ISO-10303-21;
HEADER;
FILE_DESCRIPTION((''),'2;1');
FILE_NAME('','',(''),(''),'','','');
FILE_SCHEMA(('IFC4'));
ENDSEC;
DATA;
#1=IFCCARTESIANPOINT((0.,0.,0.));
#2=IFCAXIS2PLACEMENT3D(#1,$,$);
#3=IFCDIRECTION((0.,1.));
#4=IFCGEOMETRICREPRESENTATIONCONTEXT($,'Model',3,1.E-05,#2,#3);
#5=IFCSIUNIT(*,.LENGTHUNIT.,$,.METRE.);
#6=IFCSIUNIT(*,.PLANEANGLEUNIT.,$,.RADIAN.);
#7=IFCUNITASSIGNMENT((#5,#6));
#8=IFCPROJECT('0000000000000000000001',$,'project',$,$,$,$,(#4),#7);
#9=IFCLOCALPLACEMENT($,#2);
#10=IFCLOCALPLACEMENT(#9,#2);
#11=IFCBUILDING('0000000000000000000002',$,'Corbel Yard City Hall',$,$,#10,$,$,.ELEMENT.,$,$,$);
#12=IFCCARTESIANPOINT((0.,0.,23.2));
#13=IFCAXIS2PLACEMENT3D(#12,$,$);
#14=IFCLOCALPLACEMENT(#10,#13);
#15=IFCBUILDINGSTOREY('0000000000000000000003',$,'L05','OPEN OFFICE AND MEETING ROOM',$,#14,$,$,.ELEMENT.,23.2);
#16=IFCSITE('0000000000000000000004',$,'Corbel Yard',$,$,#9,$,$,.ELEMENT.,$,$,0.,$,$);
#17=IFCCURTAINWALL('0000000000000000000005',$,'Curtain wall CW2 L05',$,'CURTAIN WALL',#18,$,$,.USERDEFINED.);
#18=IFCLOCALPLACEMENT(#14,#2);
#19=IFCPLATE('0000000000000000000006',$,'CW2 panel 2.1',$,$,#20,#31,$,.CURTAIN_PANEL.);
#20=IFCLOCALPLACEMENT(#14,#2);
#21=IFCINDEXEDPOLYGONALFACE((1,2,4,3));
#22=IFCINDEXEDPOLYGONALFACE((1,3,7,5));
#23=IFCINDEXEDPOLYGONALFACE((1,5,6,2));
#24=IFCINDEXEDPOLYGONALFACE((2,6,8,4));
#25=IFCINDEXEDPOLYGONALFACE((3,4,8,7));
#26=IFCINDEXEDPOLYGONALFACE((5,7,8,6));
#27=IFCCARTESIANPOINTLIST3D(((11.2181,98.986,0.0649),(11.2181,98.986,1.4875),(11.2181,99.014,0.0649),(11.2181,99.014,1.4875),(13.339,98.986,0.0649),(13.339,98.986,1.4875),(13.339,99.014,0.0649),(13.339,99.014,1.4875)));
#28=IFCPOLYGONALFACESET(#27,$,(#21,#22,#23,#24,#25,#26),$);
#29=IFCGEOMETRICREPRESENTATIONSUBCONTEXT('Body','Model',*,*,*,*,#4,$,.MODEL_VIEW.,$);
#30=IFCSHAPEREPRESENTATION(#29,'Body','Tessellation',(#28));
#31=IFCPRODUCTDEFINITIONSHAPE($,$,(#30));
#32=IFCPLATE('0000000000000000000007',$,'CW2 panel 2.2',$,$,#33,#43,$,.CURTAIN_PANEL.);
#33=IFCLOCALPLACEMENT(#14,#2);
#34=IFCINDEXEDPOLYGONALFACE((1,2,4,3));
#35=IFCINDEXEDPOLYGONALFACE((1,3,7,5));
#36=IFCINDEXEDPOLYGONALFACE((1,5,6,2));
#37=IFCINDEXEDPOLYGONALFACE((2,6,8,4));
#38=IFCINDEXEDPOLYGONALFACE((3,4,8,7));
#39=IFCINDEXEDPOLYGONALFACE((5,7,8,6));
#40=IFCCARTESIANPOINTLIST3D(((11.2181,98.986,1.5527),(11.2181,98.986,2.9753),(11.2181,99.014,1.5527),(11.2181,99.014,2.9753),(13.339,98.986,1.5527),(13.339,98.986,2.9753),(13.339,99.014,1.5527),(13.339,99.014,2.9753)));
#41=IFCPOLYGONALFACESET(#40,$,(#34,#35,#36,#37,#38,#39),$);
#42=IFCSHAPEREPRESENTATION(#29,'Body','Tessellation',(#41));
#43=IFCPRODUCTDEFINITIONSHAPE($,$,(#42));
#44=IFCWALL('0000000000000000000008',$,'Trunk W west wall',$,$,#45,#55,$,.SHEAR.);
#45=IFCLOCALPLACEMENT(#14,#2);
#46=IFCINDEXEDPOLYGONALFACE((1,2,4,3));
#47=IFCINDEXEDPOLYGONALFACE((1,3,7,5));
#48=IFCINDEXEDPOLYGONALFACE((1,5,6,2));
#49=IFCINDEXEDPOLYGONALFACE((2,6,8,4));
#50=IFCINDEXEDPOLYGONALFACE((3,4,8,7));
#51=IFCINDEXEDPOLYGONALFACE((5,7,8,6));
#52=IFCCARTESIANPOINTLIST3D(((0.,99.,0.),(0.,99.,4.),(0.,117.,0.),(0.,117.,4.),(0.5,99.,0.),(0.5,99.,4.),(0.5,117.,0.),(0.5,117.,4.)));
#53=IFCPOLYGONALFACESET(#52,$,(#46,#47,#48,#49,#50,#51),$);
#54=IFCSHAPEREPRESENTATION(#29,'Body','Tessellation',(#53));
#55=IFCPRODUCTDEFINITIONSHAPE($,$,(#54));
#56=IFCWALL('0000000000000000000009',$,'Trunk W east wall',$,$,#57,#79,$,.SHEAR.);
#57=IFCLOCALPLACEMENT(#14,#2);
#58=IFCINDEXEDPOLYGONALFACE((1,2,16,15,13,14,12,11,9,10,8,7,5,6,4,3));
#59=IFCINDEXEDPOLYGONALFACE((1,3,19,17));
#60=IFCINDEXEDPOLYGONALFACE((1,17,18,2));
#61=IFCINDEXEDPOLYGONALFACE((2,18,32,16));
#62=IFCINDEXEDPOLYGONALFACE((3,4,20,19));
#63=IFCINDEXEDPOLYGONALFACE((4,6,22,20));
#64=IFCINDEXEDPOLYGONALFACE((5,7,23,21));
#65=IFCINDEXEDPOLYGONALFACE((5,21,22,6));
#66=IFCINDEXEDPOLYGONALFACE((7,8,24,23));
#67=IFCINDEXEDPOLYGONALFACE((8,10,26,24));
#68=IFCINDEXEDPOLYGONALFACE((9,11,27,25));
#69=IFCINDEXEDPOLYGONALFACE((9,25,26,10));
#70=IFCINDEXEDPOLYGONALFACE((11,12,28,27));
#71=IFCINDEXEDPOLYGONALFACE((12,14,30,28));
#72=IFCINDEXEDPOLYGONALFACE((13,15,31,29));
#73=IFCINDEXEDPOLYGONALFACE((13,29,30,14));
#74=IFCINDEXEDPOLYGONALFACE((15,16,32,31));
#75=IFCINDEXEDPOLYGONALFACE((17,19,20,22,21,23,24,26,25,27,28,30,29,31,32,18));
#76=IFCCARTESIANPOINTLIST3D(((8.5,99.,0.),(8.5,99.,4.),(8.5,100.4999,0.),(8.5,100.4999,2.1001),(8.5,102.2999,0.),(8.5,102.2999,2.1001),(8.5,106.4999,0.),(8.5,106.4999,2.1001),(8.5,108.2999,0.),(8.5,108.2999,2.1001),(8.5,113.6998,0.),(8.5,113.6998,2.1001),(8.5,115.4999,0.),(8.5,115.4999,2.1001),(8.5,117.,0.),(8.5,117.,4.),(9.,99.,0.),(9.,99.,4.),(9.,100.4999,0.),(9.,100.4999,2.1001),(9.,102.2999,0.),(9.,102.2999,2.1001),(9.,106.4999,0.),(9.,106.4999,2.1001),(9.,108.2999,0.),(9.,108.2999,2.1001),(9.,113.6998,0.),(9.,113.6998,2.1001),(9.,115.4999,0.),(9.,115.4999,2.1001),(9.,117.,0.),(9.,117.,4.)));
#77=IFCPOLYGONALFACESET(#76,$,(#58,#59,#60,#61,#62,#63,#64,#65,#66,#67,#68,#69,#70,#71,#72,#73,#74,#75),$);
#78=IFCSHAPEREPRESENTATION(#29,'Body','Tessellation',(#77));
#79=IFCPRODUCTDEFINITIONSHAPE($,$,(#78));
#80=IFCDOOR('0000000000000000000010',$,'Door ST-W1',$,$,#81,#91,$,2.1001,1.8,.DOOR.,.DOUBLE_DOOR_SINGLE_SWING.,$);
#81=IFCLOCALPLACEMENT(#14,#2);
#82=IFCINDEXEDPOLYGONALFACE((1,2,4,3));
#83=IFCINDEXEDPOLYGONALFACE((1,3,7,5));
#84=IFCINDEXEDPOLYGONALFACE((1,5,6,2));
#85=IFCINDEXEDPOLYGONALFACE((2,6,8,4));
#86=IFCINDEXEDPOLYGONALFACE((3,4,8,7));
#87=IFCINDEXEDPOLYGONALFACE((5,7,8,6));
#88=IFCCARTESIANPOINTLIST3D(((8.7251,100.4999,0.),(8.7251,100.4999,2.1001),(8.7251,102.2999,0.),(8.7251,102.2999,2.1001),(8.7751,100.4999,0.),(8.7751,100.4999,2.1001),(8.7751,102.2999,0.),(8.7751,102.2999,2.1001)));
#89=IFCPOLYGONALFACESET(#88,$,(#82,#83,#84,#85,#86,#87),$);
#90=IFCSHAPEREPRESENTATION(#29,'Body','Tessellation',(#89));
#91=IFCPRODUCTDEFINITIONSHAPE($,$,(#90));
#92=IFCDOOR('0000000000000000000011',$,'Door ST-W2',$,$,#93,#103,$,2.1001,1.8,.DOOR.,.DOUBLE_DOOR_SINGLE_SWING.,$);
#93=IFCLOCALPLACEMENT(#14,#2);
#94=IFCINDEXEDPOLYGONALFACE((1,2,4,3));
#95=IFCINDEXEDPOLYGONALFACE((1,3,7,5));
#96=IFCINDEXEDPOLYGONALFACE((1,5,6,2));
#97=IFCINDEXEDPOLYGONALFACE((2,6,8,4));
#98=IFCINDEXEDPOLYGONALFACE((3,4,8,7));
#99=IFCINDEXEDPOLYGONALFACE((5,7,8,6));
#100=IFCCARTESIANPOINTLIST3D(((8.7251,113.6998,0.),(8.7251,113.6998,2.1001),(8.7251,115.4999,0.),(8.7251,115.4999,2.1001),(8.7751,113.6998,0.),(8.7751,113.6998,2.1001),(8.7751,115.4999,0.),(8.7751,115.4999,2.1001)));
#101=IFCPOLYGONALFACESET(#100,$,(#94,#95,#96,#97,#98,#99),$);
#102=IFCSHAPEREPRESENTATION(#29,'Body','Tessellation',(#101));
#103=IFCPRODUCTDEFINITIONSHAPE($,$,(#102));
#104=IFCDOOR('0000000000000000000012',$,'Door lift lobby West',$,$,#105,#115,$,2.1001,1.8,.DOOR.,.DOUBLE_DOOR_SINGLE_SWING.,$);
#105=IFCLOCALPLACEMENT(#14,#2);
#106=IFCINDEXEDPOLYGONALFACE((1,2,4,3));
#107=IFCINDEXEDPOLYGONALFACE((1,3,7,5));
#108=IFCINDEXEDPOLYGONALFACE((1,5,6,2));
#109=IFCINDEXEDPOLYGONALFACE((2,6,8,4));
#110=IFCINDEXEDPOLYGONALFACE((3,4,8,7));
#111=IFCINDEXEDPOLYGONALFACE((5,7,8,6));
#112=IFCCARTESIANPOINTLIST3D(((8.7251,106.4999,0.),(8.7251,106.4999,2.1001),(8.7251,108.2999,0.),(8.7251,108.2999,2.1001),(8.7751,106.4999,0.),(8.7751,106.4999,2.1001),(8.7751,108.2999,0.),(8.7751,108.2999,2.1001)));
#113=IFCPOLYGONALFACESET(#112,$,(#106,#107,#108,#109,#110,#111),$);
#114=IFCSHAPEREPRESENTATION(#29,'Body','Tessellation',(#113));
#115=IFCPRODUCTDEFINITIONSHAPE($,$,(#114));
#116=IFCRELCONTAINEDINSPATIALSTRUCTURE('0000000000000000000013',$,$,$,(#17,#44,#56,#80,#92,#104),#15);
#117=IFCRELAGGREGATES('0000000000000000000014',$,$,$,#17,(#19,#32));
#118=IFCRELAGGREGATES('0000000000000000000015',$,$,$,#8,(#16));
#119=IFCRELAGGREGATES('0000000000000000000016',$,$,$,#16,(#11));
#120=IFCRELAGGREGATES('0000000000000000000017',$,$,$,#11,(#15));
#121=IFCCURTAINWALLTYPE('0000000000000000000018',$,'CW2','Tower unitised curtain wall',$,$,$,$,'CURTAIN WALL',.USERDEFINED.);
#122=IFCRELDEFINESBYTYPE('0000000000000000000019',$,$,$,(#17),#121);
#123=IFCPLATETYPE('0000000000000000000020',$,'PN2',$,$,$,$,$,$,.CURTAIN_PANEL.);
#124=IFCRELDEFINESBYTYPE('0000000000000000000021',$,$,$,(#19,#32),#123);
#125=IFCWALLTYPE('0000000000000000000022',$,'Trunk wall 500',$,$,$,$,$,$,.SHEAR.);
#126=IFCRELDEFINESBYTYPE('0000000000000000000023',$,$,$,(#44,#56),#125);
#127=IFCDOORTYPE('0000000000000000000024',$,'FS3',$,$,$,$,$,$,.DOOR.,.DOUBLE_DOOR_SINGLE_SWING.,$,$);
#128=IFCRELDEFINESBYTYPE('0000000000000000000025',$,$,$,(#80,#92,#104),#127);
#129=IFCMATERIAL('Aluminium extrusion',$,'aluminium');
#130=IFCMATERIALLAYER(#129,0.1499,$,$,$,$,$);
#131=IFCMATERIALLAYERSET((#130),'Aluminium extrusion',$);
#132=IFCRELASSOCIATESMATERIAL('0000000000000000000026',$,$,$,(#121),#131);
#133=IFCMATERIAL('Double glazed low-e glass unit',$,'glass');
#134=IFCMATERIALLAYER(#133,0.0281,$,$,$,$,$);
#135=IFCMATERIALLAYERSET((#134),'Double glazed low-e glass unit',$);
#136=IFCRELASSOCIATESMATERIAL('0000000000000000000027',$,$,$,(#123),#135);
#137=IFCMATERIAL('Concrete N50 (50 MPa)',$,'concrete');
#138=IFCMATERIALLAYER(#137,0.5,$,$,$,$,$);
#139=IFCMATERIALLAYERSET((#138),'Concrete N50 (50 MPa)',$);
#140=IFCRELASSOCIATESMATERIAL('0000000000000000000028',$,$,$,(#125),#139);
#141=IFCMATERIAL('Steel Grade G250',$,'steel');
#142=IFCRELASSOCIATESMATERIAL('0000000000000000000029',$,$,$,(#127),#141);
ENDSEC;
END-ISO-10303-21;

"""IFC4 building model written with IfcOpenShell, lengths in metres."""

from ifc_helpers import new_model, si_unit, direction, frame, frame_2d, origin, origin_2d, place, context, subcontext, project, spatial, rectangle, extrude, material, layer, layer_set, type_object, element, fill, aggregate, save


model = new_model("IFC4")

# Units and contexts
model_context = context("Model", 3, precision=1e-05, world=origin(), true_north=direction((0.0, 1.0)))
body_context = subcontext(model_context, "Body", "Model", "MODEL_VIEW")
ifc_project = project(units=[si_unit("LENGTHUNIT", "METRE"), si_unit("PLANEANGLEUNIT", "RADIAN")], contexts=[model_context])

# Site, building, storey
site_placement = place(None, origin())
site = spatial("IfcSite", under=ifc_project, at=site_placement, Name="Corbel Yard", CompositionType="ELEMENT", RefElevation=0.0)
building_placement = place(site_placement, origin())
building = spatial("IfcBuilding", under=site, at=building_placement, Name="Corbel Yard City Hall", CompositionType="ELEMENT")
storey_placement = place(building_placement, frame((0.0, 0.0, 23.2)))
storey = spatial("IfcBuildingStorey", under=building, at=storey_placement, Name="L05", Description="OPEN OFFICE AND MEETING ROOM", CompositionType="ELEMENT", Elevation=23.2)

# Curtain wall, plates
ifc_material_1 = material(Name="Aluminium extrusion", Category="aluminium")
ifc_layer_1 = layer(ifc_material_1, 0.1499)
ifc_layer_set_1 = layer_set([ifc_layer_1], Name="Aluminium extrusion")
curtain_wall_type = type_object("IfcCurtainWallType", Name="CW2", Description="Tower unitised curtain wall", ElementType="CURTAIN WALL", PredefinedType="USERDEFINED", material=ifc_layer_set_1)
curtain_wall_placement = place(storey_placement, origin())
curtain_wall = element("IfcCurtainWall", 1, at=curtain_wall_placement, inside=storey, type_object=curtain_wall_type, Name="Curtain wall CW2 L05", ObjectType="CURTAIN WALL", PredefinedType="USERDEFINED")
ifc_material_2 = material(Name="Double glazed low-e glass unit", Category="glass")
ifc_layer_2 = layer(ifc_material_2, 0.0281)
ifc_layer_set_2 = layer_set([ifc_layer_2], Name="Double glazed low-e glass unit")
plate_type = type_object("IfcPlateType", Name="PN2", PredefinedType="CURTAIN_PANEL", material=ifc_layer_set_2)
plate_1_placement = place(storey_placement, frame((12.2786, 99.0, 0.0649), z_axis=(0.0, 0.0, 1.0), x_axis=(1.0, 0.0, 0.0)))
plate_1 = element("IfcPlate", 2, at=plate_1_placement, type_object=plate_type, Name="CW2 panel 2.1", PredefinedType="CURTAIN_PANEL", context=body_context, shape_type="SweptSolid", body=[
    extrude(rectangle(XDim=2.1208, YDim=0.0281, at=origin_2d()), origin(), (0.0, 0.0, 1.0), 1.4226),
])
plate_2_placement = place(storey_placement, frame((12.2786, 99.0, 1.5527), z_axis=(0.0, 0.0, 1.0), x_axis=(1.0, 0.0, 0.0)))
plate_2 = element("IfcPlate", 3, at=plate_2_placement, type_object=plate_type, Name="CW2 panel 2.2", PredefinedType="CURTAIN_PANEL", context=body_context, shape_type="SweptSolid", body=[
    extrude(rectangle(XDim=2.1208, YDim=0.0281, at=origin_2d()), origin(), (0.0, 0.0, 1.0), 1.4226),
])
aggregate(curtain_wall, [plate_1, plate_2])

# Wall
ifc_material_3 = material(Name="Concrete N50 (50 MPa)", Category="concrete")
ifc_layer_3 = layer(ifc_material_3, 0.5)
ifc_layer_set_3 = layer_set([ifc_layer_3], Name="Concrete N50 (50 MPa)")
wall_type = type_object("IfcWallType", Name="Trunk wall 500", PredefinedType="SHEAR", material=ifc_layer_set_3)
wall_1_placement = place(storey_placement, frame((0.25, 99.0, 0.0), z_axis=(0.0, 0.0, 1.0), x_axis=(0.0, 1.0, 0.0)))
element("IfcWall", 4, at=wall_1_placement, inside=storey, type_object=wall_type, Name="Trunk W west wall", PredefinedType="SHEAR", context=body_context, shape_type="SweptSolid", body=[
    extrude(rectangle(XDim=18.0, YDim=0.5, at=frame_2d((9.0, 0.0))), origin(), (0.0, 0.0, 1.0), 4.0),
])

# Wall, openings, doors
wall_2_placement = place(storey_placement, frame((8.75, 99.0, 0.0), z_axis=(0.0, 0.0, 1.0), x_axis=(0.0, 1.0, 0.0)))
wall_2 = element("IfcWall", 5, at=wall_2_placement, inside=storey, type_object=wall_type, Name="Trunk W east wall", PredefinedType="SHEAR", context=body_context, shape_type="SweptSolid", body=[
    extrude(rectangle(XDim=18.0, YDim=0.5, at=frame_2d((9.0, 0.0))), origin(), (0.0, 0.0, 1.0), 4.0),
])
opening_1_placement = place(wall_2_placement, frame((1.5, 0.0, 0.0)))
opening_1 = element("IfcOpeningElement", 6, at=opening_1_placement, cuts=wall_2, PredefinedType="OPENING", context=body_context, shape_type="SweptSolid", body=[
    extrude(rectangle(XDim=1.8, YDim=2.1001, at=frame_2d((0.8999, 1.05))), frame((0.0, 0.26, 0.0), z_axis=(0.0, -1.0, 0.0), x_axis=(1.0, 0.0, 0.0)), (0.0, 0.0, 1.0), 0.52),
])
opening_2_placement = place(wall_2_placement, frame((14.7, 0.0, 0.0)))
opening_2 = element("IfcOpeningElement", 7, at=opening_2_placement, cuts=wall_2, PredefinedType="OPENING", context=body_context, shape_type="SweptSolid", body=[
    extrude(rectangle(XDim=1.8, YDim=2.1001, at=frame_2d((0.8999, 1.05))), frame((0.0, 0.26, 0.0), z_axis=(0.0, -1.0, 0.0), x_axis=(1.0, 0.0, 0.0)), (0.0, 0.0, 1.0), 0.52),
])
opening_3_placement = place(wall_2_placement, frame((7.5, 0.0, 0.0)))
opening_3 = element("IfcOpeningElement", 8, at=opening_3_placement, cuts=wall_2, PredefinedType="OPENING", context=body_context, shape_type="SweptSolid", body=[
    extrude(rectangle(XDim=1.8, YDim=2.1001, at=frame_2d((0.8999, 1.05))), frame((0.0, 0.26, 0.0), z_axis=(0.0, -1.0, 0.0), x_axis=(1.0, 0.0, 0.0)), (0.0, 0.0, 1.0), 0.52),
])
ifc_material_4 = material(Name="Steel Grade G250", Category="steel")
door_type = type_object("IfcDoorType", Name="FS3", OperationType="DOUBLE_DOOR_SINGLE_SWING", PredefinedType="DOOR", material=ifc_material_4)
door_1_placement = place(opening_1_placement, origin())
door_1 = element("IfcDoor", 9, at=door_1_placement, inside=storey, type_object=door_type, Name="Door ST-W1", OperationType="DOUBLE_DOOR_SINGLE_SWING", OverallHeight=2.1001, OverallWidth=1.8, PredefinedType="DOOR", context=body_context, shape_type="SweptSolid", body=[
    extrude(rectangle(XDim=1.8, YDim=2.1001, at=frame_2d((0.8999, 1.05))), frame((0.0, 0.0249, 0.0), z_axis=(0.0, -1.0, 0.0), x_axis=(1.0, 0.0, 0.0)), (0.0, 0.0, 1.0), 0.05),
])
fill(opening_1, door_1)
door_2_placement = place(opening_2_placement, origin())
door_2 = element("IfcDoor", 10, at=door_2_placement, inside=storey, type_object=door_type, Name="Door ST-W2", OperationType="DOUBLE_DOOR_SINGLE_SWING", OverallHeight=2.1001, OverallWidth=1.8, PredefinedType="DOOR", context=body_context, shape_type="SweptSolid", body=[
    extrude(rectangle(XDim=1.8, YDim=2.1001, at=frame_2d((0.8999, 1.05))), frame((0.0, 0.0249, 0.0), z_axis=(0.0, -1.0, 0.0), x_axis=(1.0, 0.0, 0.0)), (0.0, 0.0, 1.0), 0.05),
])
fill(opening_2, door_2)
door_3_placement = place(opening_3_placement, origin())
door_3 = element("IfcDoor", 11, at=door_3_placement, inside=storey, type_object=door_type, Name="Door lift lobby West", OperationType="DOUBLE_DOOR_SINGLE_SWING", OverallHeight=2.1001, OverallWidth=1.8, PredefinedType="DOOR", context=body_context, shape_type="SweptSolid", body=[
    extrude(rectangle(XDim=1.8, YDim=2.1001, at=frame_2d((0.8999, 1.05))), frame((0.0, 0.0249, 0.0), z_axis=(0.0, -1.0, 0.0), x_axis=(1.0, 0.0, 0.0)), (0.0, 0.0, 1.0), 0.05),
])
fill(opening_3, door_3)

save(model, "model.ifc")
